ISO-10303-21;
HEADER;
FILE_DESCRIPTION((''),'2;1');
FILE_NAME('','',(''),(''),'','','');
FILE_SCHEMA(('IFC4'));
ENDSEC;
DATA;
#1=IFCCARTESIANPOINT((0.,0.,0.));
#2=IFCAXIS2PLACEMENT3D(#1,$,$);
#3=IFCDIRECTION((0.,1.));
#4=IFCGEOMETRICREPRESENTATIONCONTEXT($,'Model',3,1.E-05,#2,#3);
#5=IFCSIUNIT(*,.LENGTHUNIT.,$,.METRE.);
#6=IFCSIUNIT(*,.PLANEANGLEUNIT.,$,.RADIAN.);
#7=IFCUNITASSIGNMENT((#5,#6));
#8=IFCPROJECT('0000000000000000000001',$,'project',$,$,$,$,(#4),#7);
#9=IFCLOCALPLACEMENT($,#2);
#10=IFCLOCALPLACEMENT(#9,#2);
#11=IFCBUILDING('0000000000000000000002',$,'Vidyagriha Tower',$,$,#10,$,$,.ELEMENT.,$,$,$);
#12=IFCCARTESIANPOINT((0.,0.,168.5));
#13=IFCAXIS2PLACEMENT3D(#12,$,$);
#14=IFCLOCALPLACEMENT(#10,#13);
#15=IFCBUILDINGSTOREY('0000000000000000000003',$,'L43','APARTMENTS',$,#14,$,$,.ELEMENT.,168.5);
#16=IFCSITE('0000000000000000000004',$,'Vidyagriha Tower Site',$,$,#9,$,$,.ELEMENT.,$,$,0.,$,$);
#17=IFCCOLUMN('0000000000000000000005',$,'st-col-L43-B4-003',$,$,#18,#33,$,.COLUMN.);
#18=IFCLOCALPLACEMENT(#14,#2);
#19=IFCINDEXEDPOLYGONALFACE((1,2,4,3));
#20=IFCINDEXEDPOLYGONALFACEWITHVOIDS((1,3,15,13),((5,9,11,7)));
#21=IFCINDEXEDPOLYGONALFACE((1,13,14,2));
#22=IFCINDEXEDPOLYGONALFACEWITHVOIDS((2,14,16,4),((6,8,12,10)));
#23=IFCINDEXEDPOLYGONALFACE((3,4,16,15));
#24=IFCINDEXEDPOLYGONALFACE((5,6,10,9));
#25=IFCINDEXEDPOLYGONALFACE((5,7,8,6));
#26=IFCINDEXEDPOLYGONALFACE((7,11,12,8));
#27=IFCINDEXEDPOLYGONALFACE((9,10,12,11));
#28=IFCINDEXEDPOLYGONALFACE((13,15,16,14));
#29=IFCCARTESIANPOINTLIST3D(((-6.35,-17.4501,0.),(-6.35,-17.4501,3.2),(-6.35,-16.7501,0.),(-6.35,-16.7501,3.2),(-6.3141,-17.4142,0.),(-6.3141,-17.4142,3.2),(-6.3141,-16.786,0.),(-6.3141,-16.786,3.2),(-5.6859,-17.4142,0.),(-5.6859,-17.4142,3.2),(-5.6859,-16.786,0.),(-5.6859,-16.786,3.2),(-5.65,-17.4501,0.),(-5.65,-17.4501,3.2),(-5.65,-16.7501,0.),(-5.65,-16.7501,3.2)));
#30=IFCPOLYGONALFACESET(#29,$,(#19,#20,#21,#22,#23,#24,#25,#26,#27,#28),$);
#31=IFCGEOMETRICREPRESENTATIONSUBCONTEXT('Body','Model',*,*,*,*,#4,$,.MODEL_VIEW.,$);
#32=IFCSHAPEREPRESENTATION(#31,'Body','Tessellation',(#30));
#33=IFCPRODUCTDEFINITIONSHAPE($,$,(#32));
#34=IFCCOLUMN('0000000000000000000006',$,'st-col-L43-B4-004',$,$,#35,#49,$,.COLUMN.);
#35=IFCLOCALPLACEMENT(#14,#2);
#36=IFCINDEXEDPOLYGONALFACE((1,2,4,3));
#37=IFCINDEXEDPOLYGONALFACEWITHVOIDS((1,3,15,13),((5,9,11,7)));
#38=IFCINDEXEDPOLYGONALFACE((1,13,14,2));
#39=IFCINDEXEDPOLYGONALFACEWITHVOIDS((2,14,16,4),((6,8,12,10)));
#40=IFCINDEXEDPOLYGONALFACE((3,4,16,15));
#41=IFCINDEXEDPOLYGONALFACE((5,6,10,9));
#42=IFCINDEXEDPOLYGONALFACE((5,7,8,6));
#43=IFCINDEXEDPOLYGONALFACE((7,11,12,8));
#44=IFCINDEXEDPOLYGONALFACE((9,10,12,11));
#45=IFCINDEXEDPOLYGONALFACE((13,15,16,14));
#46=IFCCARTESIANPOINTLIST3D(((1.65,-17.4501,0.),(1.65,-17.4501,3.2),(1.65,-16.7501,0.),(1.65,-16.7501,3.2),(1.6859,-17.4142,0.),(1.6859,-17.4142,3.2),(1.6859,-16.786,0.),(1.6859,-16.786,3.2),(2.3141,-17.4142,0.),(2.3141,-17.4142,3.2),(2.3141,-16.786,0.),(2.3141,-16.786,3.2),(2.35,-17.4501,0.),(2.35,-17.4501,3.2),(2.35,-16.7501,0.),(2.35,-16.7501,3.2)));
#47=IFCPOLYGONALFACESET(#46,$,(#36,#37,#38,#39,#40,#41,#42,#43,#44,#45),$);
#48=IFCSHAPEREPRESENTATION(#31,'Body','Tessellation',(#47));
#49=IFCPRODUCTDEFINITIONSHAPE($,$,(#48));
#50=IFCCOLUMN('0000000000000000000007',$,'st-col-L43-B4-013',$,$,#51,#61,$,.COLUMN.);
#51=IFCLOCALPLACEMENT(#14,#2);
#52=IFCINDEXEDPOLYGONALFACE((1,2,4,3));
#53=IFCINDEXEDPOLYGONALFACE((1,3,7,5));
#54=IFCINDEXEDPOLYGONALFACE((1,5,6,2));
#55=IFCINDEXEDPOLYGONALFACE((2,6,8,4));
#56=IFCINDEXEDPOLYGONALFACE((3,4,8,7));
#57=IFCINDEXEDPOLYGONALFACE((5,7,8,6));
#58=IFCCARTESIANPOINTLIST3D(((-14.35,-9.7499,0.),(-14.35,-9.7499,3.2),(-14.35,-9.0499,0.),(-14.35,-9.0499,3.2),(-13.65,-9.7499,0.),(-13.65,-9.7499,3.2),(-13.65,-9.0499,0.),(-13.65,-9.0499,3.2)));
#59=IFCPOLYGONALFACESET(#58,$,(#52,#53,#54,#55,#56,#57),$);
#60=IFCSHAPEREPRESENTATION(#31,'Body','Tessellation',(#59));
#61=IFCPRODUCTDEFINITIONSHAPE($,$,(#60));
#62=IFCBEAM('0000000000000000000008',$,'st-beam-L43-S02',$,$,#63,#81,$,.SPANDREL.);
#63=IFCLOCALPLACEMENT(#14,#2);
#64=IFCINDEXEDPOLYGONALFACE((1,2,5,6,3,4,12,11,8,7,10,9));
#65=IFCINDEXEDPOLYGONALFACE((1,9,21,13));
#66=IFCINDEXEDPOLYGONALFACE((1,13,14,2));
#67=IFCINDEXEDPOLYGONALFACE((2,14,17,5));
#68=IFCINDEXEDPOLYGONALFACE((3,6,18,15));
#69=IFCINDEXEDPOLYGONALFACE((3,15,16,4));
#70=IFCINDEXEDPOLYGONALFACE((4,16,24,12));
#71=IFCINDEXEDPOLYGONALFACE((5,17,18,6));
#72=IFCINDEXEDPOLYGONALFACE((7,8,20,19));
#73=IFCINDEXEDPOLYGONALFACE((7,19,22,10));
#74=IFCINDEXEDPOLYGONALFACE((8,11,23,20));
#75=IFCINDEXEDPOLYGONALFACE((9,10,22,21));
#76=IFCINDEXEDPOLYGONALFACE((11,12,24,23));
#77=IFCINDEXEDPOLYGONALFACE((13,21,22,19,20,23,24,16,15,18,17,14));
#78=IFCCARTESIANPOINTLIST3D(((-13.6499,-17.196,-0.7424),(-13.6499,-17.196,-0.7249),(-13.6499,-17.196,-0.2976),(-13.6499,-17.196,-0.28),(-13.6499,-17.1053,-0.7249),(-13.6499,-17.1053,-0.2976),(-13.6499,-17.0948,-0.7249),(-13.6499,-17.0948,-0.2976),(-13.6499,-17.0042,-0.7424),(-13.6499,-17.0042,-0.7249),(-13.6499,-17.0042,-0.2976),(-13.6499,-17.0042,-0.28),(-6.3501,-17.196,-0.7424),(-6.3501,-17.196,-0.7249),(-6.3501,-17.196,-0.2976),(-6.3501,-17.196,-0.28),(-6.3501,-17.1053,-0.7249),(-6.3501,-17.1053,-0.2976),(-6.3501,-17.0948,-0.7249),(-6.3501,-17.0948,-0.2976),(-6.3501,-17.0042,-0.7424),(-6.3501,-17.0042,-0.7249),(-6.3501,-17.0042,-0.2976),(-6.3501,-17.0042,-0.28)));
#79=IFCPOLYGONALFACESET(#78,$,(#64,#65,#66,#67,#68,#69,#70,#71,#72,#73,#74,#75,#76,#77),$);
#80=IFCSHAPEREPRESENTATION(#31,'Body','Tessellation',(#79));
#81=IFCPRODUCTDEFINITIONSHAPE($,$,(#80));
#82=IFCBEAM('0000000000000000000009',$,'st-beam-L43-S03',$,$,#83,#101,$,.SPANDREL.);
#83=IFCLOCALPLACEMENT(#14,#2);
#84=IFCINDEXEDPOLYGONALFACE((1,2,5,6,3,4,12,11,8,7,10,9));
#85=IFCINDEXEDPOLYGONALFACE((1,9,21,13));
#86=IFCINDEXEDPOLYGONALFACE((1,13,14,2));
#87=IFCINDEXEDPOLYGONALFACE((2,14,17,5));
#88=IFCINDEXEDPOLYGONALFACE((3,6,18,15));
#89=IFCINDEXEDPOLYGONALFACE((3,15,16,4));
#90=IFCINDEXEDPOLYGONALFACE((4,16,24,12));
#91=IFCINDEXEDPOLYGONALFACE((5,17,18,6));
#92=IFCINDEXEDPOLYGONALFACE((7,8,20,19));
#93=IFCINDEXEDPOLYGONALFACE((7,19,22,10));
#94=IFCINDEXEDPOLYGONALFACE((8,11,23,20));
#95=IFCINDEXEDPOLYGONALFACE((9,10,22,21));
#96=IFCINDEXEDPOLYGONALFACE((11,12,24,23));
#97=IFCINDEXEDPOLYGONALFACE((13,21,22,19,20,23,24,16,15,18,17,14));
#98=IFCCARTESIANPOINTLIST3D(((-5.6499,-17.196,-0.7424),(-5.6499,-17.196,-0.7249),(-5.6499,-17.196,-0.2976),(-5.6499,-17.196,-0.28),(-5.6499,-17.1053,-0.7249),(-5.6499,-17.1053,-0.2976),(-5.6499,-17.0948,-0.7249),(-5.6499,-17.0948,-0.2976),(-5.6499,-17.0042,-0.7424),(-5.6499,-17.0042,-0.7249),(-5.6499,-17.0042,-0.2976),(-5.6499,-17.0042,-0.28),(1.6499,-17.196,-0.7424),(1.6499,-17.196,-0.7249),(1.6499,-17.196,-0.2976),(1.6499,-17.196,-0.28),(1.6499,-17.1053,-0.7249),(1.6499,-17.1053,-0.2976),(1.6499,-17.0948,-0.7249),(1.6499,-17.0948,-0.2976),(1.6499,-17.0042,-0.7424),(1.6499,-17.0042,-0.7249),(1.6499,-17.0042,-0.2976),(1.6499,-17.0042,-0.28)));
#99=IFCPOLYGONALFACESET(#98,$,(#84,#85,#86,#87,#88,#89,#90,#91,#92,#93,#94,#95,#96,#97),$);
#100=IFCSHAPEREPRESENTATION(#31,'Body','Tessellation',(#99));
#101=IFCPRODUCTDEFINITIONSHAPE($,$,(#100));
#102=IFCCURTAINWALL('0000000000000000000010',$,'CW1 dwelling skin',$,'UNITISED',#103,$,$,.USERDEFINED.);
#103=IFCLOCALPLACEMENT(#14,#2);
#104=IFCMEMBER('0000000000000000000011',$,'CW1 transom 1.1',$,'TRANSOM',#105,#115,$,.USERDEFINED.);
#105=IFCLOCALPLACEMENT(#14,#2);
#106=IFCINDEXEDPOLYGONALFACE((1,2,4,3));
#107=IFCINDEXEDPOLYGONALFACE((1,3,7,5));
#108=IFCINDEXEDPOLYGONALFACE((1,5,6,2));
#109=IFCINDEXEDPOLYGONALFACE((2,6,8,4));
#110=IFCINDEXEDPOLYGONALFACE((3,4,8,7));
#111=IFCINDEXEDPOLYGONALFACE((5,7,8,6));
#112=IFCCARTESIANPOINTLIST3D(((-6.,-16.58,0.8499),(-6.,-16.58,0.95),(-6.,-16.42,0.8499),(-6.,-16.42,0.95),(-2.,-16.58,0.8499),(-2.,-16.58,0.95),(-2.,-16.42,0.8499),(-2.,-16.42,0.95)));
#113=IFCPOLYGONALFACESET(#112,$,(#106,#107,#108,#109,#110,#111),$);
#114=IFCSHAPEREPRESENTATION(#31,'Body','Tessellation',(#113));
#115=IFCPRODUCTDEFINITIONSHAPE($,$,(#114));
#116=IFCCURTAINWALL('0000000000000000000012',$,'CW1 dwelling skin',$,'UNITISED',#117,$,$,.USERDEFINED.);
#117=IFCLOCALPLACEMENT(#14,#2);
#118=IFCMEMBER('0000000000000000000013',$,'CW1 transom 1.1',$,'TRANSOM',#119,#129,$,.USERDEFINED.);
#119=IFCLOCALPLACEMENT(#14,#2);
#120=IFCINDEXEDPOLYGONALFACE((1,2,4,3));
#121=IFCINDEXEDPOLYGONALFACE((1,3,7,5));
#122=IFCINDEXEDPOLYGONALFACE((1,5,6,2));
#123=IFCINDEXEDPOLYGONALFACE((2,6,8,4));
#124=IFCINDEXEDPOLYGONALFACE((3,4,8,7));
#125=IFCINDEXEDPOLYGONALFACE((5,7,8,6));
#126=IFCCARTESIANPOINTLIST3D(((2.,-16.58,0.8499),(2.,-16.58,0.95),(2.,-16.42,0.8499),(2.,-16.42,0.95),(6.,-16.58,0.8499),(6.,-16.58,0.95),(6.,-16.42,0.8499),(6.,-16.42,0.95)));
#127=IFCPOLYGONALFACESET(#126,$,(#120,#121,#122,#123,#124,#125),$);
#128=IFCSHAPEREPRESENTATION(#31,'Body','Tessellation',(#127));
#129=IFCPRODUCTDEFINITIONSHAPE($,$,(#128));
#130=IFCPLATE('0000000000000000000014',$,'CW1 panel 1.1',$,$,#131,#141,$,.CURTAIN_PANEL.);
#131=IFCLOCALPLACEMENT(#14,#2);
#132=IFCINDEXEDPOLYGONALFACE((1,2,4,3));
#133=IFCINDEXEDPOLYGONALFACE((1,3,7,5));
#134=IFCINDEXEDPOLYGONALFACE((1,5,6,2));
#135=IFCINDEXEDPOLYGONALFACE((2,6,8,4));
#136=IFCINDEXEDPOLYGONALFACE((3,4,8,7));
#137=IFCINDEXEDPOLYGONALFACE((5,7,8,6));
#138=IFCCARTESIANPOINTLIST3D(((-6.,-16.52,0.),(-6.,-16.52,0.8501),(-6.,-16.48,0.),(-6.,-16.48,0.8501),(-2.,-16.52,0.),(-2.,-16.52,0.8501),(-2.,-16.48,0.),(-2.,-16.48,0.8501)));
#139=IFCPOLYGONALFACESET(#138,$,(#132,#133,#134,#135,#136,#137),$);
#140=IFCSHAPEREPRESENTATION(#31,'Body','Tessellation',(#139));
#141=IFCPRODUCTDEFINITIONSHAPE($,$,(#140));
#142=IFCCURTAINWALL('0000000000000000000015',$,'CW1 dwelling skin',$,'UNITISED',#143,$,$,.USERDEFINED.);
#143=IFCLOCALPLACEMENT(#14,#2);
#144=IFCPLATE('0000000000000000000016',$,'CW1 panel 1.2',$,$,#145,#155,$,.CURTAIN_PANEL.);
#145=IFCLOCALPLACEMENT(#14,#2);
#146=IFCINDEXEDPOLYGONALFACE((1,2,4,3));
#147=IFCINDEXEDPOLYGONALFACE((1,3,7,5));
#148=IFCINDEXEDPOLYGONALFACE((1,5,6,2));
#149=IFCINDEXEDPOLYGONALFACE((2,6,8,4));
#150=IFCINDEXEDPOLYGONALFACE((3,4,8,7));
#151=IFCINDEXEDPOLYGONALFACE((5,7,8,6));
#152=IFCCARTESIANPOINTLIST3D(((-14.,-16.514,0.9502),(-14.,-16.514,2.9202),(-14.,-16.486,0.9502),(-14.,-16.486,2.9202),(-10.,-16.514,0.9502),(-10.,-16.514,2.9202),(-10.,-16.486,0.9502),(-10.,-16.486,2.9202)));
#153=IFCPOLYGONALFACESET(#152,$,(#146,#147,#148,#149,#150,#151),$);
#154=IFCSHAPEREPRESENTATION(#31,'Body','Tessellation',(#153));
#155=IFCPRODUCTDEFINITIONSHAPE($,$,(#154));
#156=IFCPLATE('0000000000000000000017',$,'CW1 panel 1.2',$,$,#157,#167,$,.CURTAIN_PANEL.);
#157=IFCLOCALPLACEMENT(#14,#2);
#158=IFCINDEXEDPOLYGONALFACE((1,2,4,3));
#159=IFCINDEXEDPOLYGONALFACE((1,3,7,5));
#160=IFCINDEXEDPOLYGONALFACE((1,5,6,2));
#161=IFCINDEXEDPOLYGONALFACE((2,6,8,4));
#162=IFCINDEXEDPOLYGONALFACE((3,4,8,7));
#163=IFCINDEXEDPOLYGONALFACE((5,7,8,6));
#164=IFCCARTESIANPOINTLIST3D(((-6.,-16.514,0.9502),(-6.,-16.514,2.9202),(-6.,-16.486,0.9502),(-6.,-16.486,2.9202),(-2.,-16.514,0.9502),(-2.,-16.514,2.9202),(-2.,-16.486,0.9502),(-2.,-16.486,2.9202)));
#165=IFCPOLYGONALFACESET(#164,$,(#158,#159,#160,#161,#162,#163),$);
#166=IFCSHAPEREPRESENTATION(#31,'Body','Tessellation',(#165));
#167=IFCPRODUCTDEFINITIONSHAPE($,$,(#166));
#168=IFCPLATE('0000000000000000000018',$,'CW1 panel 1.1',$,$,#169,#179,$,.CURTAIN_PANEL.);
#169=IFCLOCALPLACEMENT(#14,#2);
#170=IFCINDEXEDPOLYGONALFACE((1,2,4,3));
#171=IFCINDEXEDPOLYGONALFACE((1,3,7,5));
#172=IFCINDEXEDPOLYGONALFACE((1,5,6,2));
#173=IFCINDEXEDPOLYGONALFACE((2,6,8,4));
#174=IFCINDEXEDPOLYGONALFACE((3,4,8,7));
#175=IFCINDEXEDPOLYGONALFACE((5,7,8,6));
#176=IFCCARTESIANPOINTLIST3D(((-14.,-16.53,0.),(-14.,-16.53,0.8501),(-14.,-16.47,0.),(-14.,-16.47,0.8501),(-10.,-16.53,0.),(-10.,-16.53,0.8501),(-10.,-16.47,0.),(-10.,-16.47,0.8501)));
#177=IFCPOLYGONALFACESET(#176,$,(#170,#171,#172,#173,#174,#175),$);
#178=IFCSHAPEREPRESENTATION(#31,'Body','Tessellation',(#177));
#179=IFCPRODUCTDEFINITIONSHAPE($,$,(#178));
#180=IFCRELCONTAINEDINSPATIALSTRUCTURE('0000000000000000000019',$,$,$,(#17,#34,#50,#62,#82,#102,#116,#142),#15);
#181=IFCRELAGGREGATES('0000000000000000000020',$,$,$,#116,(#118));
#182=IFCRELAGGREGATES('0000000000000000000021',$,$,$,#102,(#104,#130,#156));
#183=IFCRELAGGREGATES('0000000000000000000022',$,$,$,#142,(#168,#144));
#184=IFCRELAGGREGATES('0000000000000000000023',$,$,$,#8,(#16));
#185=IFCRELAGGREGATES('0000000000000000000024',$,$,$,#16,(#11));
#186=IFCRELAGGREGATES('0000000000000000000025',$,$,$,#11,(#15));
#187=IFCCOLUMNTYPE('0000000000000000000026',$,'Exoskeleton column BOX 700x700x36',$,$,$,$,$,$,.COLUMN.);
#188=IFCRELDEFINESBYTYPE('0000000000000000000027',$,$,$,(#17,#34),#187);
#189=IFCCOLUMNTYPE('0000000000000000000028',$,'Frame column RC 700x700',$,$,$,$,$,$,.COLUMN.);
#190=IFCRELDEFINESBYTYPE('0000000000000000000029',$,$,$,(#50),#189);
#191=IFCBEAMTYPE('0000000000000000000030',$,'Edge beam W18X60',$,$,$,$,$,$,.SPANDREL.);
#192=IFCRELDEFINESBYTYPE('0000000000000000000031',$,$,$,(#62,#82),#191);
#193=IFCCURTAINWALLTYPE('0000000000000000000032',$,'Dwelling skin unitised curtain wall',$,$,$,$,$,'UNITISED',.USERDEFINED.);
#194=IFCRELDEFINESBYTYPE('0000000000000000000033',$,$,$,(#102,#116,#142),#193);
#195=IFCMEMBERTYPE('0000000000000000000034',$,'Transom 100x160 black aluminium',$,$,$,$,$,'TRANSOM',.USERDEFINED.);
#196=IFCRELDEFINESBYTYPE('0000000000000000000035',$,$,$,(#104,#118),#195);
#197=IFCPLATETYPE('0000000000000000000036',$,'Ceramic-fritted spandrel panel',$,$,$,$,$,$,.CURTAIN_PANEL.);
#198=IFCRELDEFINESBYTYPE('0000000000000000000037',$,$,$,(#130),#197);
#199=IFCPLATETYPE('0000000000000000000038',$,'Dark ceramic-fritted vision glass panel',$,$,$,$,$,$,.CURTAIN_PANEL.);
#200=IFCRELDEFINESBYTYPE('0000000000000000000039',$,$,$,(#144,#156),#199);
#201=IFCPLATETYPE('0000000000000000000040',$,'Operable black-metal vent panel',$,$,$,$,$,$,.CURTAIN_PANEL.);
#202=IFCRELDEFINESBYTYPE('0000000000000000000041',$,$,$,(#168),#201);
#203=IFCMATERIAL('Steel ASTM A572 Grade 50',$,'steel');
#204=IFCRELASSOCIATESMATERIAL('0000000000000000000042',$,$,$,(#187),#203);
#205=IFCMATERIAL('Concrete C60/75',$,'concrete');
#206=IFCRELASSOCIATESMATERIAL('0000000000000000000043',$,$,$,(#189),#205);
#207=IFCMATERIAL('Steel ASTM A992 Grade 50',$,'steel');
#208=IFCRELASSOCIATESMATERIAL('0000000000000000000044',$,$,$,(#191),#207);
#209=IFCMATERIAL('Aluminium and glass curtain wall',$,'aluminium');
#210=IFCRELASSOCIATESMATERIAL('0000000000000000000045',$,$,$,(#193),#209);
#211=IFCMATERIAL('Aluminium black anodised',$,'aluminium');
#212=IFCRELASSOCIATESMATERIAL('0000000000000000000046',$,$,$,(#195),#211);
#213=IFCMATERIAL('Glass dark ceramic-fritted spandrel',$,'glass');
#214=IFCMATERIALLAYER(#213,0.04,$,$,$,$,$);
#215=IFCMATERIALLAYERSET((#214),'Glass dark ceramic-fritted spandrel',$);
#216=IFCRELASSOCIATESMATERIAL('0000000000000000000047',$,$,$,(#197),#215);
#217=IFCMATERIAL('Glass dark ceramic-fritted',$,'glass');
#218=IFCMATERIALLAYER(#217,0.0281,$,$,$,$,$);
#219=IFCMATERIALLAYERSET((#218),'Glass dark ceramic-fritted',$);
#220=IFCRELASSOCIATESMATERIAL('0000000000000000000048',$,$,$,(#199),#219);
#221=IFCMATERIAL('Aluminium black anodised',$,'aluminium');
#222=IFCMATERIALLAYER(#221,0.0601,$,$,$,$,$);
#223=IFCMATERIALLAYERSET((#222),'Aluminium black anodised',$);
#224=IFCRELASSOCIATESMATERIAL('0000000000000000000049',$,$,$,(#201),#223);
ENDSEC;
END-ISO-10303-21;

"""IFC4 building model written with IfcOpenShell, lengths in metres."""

from ifc_helpers import new_model, si_unit, direction, frame, origin, origin_2d, place, context, subcontext, project, spatial, rectangle, hollow_rectangle, i_section, extrude, material, layer, layer_set, material_profile, profile_set, type_object, element, aggregate, save


model = new_model("IFC4")

# Units and contexts
model_context = context("Model", 3, precision=1e-05, world=origin(), true_north=direction((0.0, 1.0)))
body_context = subcontext(model_context, "Body", "Model", "MODEL_VIEW")
ifc_project = project(units=[si_unit("LENGTHUNIT", "METRE"), si_unit("PLANEANGLEUNIT", "RADIAN")], contexts=[model_context])

# Site, building, storey
site_placement = place(None, origin())
site = spatial("IfcSite", under=ifc_project, at=site_placement, Name="Vidyagriha Tower Site", CompositionType="ELEMENT", RefElevation=0.0)
building_placement = place(site_placement, origin())
building = spatial("IfcBuilding", under=site, at=building_placement, Name="Vidyagriha Tower", CompositionType="ELEMENT")
storey_placement = place(building_placement, frame((0.0, 0.0, 168.5)))
storey = spatial("IfcBuildingStorey", under=building, at=storey_placement, Name="L43", Description="APARTMENTS", CompositionType="ELEMENT", Elevation=168.5)

# Columns
ifc_material_1 = material(Name="Steel ASTM A572 Grade 50", Category="steel")
ifc_material_profile_1 = material_profile(ifc_material_1, hollow_rectangle(XDim=0.7, YDim=0.7, WallThickness=0.0359, at=origin_2d()), Name="BOX 700x700x36")
ifc_profile_set_1 = profile_set([ifc_material_profile_1], Name="Steel ASTM A572 Grade 50")
column_type_1 = type_object("IfcColumnType", Name="Exoskeleton column BOX 700x700x36", PredefinedType="COLUMN", material=ifc_profile_set_1)
for number, where, name in (
    (1, (-6.0, -17.1001, 0.0), "st-col-L43-B4-003"),
    (2, (2.0, -17.1001, 0.0), "st-col-L43-B4-004"),
):
    element("IfcColumn", number, at=place(storey_placement, frame(where)), inside=storey, type_object=column_type_1, Name=name, PredefinedType="COLUMN", context=body_context, shape_type="SweptSolid", body=[
        extrude(hollow_rectangle(XDim=0.7, YDim=0.7, WallThickness=0.0359, at=origin_2d()), origin(), (0.0, 0.0, 1.0), 3.2),
    ])
ifc_material_2 = material(Name="Concrete C60/75", Category="concrete")
ifc_material_profile_2 = material_profile(ifc_material_2, rectangle(XDim=0.7, YDim=0.7, at=origin_2d()), Name="RC 700x700")
ifc_profile_set_2 = profile_set([ifc_material_profile_2], Name="Concrete C60/75")
column_type_2 = type_object("IfcColumnType", Name="Frame column RC 700x700", PredefinedType="COLUMN", material=ifc_profile_set_2)
column_placement = place(storey_placement, frame((-14.0, -9.3999, 0.0)))
element("IfcColumn", 3, at=column_placement, inside=storey, type_object=column_type_2, Name="st-col-L43-B4-013", PredefinedType="COLUMN", context=body_context, shape_type="SweptSolid", body=[
    extrude(rectangle(XDim=0.7, YDim=0.7, at=origin_2d()), origin(), (0.0, 0.0, 1.0), 3.2),
])

# Beams
ifc_material_3 = material(Name="Steel ASTM A992 Grade 50", Category="steel")
ifc_material_profile_3 = material_profile(ifc_material_3, i_section(OverallWidth=0.1919, OverallDepth=0.4624, WebThickness=0.0105, FlangeThickness=0.0176, at=origin_2d()), Name="W18X60")
ifc_profile_set_3 = profile_set([ifc_material_profile_3], Name="Steel ASTM A992 Grade 50")
beam_type = type_object("IfcBeamType", Name="Edge beam W18X60", PredefinedType="SPANDREL", material=ifc_profile_set_3)
for number, where, z_axis, x_axis, name in (
    (4, (-13.6499, -17.1001, -0.5112), (1.0, 0.0, 0.0), (0.0, 1.0, 0.0), "st-beam-L43-S02"),
    (5, (-5.6499, -17.1001, -0.5112), (1.0, 0.0, 0.0), (0.0, 1.0, 0.0), "st-beam-L43-S03"),
):
    element("IfcBeam", number, at=place(storey_placement, frame(where, z_axis=z_axis, x_axis=x_axis)), inside=storey, type_object=beam_type, Name=name, PredefinedType="SPANDREL", context=body_context, shape_type="SweptSolid", body=[
        extrude(i_section(OverallWidth=0.1919, OverallDepth=0.4624, WebThickness=0.0105, FlangeThickness=0.0176, at=origin_2d()), origin(), (0.0, 0.0, 1.0), 7.2998),
    ])

# Curtain walls, members
ifc_material_4 = material(Name="Aluminium and glass curtain wall", Category="aluminium")
curtain_wall_type = type_object("IfcCurtainWallType", Name="Dwelling skin unitised curtain wall", ElementType="UNITISED", PredefinedType="USERDEFINED", material=ifc_material_4)
curtain_wall_1_placement = place(storey_placement, origin())
curtain_wall_1 = element("IfcCurtainWall", 6, at=curtain_wall_1_placement, inside=storey, type_object=curtain_wall_type, Name="CW1 dwelling skin", ObjectType="UNITISED", PredefinedType="USERDEFINED")
ifc_material_5 = material(Name="Aluminium black anodised", Category="aluminium")
ifc_material_profile_4 = material_profile(ifc_material_5, rectangle(XDim=0.1599, YDim=0.1001, at=origin_2d()), Name="Transom 100x160 black aluminium")
ifc_profile_set_4 = profile_set([ifc_material_profile_4], Name="Aluminium black anodised")
member_type = type_object("IfcMemberType", Name="Transom 100x160 black aluminium", ElementType="TRANSOM", PredefinedType="USERDEFINED", material=ifc_profile_set_4)
member_1_placement = place(storey_placement, frame((-6.0, -16.5, 0.8999), z_axis=(1.0, 0.0, 0.0), x_axis=(0.0, 1.0, 0.0)))
member_1 = element("IfcMember", 7, at=member_1_placement, type_object=member_type, Name="CW1 transom 1.1", ObjectType="TRANSOM", PredefinedType="USERDEFINED", context=body_context, shape_type="SweptSolid", body=[
    extrude(rectangle(XDim=0.1599, YDim=0.1001, at=origin_2d()), origin(), (0.0, 0.0, 1.0), 4.0),
])
curtain_wall_2_placement = place(storey_placement, origin())
curtain_wall_2 = element("IfcCurtainWall", 8, at=curtain_wall_2_placement, inside=storey, type_object=curtain_wall_type, Name="CW1 dwelling skin", ObjectType="UNITISED", PredefinedType="USERDEFINED")
member_2_placement = place(storey_placement, frame((2.0, -16.5, 0.8999), z_axis=(1.0, 0.0, 0.0), x_axis=(0.0, 1.0, 0.0)))
member_2 = element("IfcMember", 9, at=member_2_placement, type_object=member_type, Name="CW1 transom 1.1", ObjectType="TRANSOM", PredefinedType="USERDEFINED", context=body_context, shape_type="SweptSolid", body=[
    extrude(rectangle(XDim=0.1599, YDim=0.1001, at=origin_2d()), origin(), (0.0, 0.0, 1.0), 4.0),
])
aggregate(curtain_wall_2, [member_2])

# Plate
ifc_material_6 = material(Name="Glass dark ceramic-fritted spandrel", Category="glass")
ifc_layer_1 = layer(ifc_material_6, 0.04)
ifc_layer_set_1 = layer_set([ifc_layer_1], Name="Glass dark ceramic-fritted spandrel")
plate_type_1 = type_object("IfcPlateType", Name="Ceramic-fritted spandrel panel", PredefinedType="CURTAIN_PANEL", material=ifc_layer_set_1)
plate_1_placement = place(storey_placement, frame((-4.0, -16.5, 0.0)))
plate_1 = element("IfcPlate", 10, at=plate_1_placement, type_object=plate_type_1, Name="CW1 panel 1.1", PredefinedType="CURTAIN_PANEL", context=body_context, shape_type="SweptSolid", body=[
    extrude(rectangle(XDim=4.0, YDim=0.04, at=origin_2d()), origin(), (0.0, 0.0, 1.0), 0.8501),
])

# Curtain wall, plate
curtain_wall_3_placement = place(storey_placement, origin())
curtain_wall_3 = element("IfcCurtainWall", 11, at=curtain_wall_3_placement, inside=storey, type_object=curtain_wall_type, Name="CW1 dwelling skin", ObjectType="UNITISED", PredefinedType="USERDEFINED")
ifc_material_7 = material(Name="Glass dark ceramic-fritted", Category="glass")
ifc_layer_2 = layer(ifc_material_7, 0.0281)
ifc_layer_set_2 = layer_set([ifc_layer_2], Name="Glass dark ceramic-fritted")
plate_type_2 = type_object("IfcPlateType", Name="Dark ceramic-fritted vision glass panel", PredefinedType="CURTAIN_PANEL", material=ifc_layer_set_2)
plate_2_placement = place(storey_placement, frame((-12.0, -16.5, 0.9502)))
plate_2 = element("IfcPlate", 12, at=plate_2_placement, type_object=plate_type_2, Name="CW1 panel 1.2", PredefinedType="CURTAIN_PANEL", context=body_context, shape_type="SweptSolid", body=[
    extrude(rectangle(XDim=4.0, YDim=0.0281, at=origin_2d()), origin(), (0.0, 0.0, 1.0), 1.97),
])

# Plates
plate_3_placement = place(storey_placement, frame((-4.0, -16.5, 0.9502)))
plate_3 = element("IfcPlate", 13, at=plate_3_placement, type_object=plate_type_2, Name="CW1 panel 1.2", PredefinedType="CURTAIN_PANEL", context=body_context, shape_type="SweptSolid", body=[
    extrude(rectangle(XDim=4.0, YDim=0.0281, at=origin_2d()), origin(), (0.0, 0.0, 1.0), 1.97),
])
aggregate(curtain_wall_1, [member_1, plate_1, plate_3])
ifc_material_8 = material(Name="Aluminium black anodised", Category="aluminium")
ifc_layer_3 = layer(ifc_material_8, 0.0601)
ifc_layer_set_3 = layer_set([ifc_layer_3], Name="Aluminium black anodised")
plate_type_3 = type_object("IfcPlateType", Name="Operable black-metal vent panel", PredefinedType="CURTAIN_PANEL", material=ifc_layer_set_3)
plate_4_placement = place(storey_placement, frame((-12.0, -16.5, 0.0)))
plate_4 = element("IfcPlate", 14, at=plate_4_placement, type_object=plate_type_3, Name="CW1 panel 1.1", PredefinedType="CURTAIN_PANEL", context=body_context, shape_type="SweptSolid", body=[
    extrude(rectangle(XDim=4.0, YDim=0.0601, at=origin_2d()), origin(), (0.0, 0.0, 1.0), 0.8501),
])
aggregate(curtain_wall_3, [plate_4, plate_2])

save(model, "model.ifc")
